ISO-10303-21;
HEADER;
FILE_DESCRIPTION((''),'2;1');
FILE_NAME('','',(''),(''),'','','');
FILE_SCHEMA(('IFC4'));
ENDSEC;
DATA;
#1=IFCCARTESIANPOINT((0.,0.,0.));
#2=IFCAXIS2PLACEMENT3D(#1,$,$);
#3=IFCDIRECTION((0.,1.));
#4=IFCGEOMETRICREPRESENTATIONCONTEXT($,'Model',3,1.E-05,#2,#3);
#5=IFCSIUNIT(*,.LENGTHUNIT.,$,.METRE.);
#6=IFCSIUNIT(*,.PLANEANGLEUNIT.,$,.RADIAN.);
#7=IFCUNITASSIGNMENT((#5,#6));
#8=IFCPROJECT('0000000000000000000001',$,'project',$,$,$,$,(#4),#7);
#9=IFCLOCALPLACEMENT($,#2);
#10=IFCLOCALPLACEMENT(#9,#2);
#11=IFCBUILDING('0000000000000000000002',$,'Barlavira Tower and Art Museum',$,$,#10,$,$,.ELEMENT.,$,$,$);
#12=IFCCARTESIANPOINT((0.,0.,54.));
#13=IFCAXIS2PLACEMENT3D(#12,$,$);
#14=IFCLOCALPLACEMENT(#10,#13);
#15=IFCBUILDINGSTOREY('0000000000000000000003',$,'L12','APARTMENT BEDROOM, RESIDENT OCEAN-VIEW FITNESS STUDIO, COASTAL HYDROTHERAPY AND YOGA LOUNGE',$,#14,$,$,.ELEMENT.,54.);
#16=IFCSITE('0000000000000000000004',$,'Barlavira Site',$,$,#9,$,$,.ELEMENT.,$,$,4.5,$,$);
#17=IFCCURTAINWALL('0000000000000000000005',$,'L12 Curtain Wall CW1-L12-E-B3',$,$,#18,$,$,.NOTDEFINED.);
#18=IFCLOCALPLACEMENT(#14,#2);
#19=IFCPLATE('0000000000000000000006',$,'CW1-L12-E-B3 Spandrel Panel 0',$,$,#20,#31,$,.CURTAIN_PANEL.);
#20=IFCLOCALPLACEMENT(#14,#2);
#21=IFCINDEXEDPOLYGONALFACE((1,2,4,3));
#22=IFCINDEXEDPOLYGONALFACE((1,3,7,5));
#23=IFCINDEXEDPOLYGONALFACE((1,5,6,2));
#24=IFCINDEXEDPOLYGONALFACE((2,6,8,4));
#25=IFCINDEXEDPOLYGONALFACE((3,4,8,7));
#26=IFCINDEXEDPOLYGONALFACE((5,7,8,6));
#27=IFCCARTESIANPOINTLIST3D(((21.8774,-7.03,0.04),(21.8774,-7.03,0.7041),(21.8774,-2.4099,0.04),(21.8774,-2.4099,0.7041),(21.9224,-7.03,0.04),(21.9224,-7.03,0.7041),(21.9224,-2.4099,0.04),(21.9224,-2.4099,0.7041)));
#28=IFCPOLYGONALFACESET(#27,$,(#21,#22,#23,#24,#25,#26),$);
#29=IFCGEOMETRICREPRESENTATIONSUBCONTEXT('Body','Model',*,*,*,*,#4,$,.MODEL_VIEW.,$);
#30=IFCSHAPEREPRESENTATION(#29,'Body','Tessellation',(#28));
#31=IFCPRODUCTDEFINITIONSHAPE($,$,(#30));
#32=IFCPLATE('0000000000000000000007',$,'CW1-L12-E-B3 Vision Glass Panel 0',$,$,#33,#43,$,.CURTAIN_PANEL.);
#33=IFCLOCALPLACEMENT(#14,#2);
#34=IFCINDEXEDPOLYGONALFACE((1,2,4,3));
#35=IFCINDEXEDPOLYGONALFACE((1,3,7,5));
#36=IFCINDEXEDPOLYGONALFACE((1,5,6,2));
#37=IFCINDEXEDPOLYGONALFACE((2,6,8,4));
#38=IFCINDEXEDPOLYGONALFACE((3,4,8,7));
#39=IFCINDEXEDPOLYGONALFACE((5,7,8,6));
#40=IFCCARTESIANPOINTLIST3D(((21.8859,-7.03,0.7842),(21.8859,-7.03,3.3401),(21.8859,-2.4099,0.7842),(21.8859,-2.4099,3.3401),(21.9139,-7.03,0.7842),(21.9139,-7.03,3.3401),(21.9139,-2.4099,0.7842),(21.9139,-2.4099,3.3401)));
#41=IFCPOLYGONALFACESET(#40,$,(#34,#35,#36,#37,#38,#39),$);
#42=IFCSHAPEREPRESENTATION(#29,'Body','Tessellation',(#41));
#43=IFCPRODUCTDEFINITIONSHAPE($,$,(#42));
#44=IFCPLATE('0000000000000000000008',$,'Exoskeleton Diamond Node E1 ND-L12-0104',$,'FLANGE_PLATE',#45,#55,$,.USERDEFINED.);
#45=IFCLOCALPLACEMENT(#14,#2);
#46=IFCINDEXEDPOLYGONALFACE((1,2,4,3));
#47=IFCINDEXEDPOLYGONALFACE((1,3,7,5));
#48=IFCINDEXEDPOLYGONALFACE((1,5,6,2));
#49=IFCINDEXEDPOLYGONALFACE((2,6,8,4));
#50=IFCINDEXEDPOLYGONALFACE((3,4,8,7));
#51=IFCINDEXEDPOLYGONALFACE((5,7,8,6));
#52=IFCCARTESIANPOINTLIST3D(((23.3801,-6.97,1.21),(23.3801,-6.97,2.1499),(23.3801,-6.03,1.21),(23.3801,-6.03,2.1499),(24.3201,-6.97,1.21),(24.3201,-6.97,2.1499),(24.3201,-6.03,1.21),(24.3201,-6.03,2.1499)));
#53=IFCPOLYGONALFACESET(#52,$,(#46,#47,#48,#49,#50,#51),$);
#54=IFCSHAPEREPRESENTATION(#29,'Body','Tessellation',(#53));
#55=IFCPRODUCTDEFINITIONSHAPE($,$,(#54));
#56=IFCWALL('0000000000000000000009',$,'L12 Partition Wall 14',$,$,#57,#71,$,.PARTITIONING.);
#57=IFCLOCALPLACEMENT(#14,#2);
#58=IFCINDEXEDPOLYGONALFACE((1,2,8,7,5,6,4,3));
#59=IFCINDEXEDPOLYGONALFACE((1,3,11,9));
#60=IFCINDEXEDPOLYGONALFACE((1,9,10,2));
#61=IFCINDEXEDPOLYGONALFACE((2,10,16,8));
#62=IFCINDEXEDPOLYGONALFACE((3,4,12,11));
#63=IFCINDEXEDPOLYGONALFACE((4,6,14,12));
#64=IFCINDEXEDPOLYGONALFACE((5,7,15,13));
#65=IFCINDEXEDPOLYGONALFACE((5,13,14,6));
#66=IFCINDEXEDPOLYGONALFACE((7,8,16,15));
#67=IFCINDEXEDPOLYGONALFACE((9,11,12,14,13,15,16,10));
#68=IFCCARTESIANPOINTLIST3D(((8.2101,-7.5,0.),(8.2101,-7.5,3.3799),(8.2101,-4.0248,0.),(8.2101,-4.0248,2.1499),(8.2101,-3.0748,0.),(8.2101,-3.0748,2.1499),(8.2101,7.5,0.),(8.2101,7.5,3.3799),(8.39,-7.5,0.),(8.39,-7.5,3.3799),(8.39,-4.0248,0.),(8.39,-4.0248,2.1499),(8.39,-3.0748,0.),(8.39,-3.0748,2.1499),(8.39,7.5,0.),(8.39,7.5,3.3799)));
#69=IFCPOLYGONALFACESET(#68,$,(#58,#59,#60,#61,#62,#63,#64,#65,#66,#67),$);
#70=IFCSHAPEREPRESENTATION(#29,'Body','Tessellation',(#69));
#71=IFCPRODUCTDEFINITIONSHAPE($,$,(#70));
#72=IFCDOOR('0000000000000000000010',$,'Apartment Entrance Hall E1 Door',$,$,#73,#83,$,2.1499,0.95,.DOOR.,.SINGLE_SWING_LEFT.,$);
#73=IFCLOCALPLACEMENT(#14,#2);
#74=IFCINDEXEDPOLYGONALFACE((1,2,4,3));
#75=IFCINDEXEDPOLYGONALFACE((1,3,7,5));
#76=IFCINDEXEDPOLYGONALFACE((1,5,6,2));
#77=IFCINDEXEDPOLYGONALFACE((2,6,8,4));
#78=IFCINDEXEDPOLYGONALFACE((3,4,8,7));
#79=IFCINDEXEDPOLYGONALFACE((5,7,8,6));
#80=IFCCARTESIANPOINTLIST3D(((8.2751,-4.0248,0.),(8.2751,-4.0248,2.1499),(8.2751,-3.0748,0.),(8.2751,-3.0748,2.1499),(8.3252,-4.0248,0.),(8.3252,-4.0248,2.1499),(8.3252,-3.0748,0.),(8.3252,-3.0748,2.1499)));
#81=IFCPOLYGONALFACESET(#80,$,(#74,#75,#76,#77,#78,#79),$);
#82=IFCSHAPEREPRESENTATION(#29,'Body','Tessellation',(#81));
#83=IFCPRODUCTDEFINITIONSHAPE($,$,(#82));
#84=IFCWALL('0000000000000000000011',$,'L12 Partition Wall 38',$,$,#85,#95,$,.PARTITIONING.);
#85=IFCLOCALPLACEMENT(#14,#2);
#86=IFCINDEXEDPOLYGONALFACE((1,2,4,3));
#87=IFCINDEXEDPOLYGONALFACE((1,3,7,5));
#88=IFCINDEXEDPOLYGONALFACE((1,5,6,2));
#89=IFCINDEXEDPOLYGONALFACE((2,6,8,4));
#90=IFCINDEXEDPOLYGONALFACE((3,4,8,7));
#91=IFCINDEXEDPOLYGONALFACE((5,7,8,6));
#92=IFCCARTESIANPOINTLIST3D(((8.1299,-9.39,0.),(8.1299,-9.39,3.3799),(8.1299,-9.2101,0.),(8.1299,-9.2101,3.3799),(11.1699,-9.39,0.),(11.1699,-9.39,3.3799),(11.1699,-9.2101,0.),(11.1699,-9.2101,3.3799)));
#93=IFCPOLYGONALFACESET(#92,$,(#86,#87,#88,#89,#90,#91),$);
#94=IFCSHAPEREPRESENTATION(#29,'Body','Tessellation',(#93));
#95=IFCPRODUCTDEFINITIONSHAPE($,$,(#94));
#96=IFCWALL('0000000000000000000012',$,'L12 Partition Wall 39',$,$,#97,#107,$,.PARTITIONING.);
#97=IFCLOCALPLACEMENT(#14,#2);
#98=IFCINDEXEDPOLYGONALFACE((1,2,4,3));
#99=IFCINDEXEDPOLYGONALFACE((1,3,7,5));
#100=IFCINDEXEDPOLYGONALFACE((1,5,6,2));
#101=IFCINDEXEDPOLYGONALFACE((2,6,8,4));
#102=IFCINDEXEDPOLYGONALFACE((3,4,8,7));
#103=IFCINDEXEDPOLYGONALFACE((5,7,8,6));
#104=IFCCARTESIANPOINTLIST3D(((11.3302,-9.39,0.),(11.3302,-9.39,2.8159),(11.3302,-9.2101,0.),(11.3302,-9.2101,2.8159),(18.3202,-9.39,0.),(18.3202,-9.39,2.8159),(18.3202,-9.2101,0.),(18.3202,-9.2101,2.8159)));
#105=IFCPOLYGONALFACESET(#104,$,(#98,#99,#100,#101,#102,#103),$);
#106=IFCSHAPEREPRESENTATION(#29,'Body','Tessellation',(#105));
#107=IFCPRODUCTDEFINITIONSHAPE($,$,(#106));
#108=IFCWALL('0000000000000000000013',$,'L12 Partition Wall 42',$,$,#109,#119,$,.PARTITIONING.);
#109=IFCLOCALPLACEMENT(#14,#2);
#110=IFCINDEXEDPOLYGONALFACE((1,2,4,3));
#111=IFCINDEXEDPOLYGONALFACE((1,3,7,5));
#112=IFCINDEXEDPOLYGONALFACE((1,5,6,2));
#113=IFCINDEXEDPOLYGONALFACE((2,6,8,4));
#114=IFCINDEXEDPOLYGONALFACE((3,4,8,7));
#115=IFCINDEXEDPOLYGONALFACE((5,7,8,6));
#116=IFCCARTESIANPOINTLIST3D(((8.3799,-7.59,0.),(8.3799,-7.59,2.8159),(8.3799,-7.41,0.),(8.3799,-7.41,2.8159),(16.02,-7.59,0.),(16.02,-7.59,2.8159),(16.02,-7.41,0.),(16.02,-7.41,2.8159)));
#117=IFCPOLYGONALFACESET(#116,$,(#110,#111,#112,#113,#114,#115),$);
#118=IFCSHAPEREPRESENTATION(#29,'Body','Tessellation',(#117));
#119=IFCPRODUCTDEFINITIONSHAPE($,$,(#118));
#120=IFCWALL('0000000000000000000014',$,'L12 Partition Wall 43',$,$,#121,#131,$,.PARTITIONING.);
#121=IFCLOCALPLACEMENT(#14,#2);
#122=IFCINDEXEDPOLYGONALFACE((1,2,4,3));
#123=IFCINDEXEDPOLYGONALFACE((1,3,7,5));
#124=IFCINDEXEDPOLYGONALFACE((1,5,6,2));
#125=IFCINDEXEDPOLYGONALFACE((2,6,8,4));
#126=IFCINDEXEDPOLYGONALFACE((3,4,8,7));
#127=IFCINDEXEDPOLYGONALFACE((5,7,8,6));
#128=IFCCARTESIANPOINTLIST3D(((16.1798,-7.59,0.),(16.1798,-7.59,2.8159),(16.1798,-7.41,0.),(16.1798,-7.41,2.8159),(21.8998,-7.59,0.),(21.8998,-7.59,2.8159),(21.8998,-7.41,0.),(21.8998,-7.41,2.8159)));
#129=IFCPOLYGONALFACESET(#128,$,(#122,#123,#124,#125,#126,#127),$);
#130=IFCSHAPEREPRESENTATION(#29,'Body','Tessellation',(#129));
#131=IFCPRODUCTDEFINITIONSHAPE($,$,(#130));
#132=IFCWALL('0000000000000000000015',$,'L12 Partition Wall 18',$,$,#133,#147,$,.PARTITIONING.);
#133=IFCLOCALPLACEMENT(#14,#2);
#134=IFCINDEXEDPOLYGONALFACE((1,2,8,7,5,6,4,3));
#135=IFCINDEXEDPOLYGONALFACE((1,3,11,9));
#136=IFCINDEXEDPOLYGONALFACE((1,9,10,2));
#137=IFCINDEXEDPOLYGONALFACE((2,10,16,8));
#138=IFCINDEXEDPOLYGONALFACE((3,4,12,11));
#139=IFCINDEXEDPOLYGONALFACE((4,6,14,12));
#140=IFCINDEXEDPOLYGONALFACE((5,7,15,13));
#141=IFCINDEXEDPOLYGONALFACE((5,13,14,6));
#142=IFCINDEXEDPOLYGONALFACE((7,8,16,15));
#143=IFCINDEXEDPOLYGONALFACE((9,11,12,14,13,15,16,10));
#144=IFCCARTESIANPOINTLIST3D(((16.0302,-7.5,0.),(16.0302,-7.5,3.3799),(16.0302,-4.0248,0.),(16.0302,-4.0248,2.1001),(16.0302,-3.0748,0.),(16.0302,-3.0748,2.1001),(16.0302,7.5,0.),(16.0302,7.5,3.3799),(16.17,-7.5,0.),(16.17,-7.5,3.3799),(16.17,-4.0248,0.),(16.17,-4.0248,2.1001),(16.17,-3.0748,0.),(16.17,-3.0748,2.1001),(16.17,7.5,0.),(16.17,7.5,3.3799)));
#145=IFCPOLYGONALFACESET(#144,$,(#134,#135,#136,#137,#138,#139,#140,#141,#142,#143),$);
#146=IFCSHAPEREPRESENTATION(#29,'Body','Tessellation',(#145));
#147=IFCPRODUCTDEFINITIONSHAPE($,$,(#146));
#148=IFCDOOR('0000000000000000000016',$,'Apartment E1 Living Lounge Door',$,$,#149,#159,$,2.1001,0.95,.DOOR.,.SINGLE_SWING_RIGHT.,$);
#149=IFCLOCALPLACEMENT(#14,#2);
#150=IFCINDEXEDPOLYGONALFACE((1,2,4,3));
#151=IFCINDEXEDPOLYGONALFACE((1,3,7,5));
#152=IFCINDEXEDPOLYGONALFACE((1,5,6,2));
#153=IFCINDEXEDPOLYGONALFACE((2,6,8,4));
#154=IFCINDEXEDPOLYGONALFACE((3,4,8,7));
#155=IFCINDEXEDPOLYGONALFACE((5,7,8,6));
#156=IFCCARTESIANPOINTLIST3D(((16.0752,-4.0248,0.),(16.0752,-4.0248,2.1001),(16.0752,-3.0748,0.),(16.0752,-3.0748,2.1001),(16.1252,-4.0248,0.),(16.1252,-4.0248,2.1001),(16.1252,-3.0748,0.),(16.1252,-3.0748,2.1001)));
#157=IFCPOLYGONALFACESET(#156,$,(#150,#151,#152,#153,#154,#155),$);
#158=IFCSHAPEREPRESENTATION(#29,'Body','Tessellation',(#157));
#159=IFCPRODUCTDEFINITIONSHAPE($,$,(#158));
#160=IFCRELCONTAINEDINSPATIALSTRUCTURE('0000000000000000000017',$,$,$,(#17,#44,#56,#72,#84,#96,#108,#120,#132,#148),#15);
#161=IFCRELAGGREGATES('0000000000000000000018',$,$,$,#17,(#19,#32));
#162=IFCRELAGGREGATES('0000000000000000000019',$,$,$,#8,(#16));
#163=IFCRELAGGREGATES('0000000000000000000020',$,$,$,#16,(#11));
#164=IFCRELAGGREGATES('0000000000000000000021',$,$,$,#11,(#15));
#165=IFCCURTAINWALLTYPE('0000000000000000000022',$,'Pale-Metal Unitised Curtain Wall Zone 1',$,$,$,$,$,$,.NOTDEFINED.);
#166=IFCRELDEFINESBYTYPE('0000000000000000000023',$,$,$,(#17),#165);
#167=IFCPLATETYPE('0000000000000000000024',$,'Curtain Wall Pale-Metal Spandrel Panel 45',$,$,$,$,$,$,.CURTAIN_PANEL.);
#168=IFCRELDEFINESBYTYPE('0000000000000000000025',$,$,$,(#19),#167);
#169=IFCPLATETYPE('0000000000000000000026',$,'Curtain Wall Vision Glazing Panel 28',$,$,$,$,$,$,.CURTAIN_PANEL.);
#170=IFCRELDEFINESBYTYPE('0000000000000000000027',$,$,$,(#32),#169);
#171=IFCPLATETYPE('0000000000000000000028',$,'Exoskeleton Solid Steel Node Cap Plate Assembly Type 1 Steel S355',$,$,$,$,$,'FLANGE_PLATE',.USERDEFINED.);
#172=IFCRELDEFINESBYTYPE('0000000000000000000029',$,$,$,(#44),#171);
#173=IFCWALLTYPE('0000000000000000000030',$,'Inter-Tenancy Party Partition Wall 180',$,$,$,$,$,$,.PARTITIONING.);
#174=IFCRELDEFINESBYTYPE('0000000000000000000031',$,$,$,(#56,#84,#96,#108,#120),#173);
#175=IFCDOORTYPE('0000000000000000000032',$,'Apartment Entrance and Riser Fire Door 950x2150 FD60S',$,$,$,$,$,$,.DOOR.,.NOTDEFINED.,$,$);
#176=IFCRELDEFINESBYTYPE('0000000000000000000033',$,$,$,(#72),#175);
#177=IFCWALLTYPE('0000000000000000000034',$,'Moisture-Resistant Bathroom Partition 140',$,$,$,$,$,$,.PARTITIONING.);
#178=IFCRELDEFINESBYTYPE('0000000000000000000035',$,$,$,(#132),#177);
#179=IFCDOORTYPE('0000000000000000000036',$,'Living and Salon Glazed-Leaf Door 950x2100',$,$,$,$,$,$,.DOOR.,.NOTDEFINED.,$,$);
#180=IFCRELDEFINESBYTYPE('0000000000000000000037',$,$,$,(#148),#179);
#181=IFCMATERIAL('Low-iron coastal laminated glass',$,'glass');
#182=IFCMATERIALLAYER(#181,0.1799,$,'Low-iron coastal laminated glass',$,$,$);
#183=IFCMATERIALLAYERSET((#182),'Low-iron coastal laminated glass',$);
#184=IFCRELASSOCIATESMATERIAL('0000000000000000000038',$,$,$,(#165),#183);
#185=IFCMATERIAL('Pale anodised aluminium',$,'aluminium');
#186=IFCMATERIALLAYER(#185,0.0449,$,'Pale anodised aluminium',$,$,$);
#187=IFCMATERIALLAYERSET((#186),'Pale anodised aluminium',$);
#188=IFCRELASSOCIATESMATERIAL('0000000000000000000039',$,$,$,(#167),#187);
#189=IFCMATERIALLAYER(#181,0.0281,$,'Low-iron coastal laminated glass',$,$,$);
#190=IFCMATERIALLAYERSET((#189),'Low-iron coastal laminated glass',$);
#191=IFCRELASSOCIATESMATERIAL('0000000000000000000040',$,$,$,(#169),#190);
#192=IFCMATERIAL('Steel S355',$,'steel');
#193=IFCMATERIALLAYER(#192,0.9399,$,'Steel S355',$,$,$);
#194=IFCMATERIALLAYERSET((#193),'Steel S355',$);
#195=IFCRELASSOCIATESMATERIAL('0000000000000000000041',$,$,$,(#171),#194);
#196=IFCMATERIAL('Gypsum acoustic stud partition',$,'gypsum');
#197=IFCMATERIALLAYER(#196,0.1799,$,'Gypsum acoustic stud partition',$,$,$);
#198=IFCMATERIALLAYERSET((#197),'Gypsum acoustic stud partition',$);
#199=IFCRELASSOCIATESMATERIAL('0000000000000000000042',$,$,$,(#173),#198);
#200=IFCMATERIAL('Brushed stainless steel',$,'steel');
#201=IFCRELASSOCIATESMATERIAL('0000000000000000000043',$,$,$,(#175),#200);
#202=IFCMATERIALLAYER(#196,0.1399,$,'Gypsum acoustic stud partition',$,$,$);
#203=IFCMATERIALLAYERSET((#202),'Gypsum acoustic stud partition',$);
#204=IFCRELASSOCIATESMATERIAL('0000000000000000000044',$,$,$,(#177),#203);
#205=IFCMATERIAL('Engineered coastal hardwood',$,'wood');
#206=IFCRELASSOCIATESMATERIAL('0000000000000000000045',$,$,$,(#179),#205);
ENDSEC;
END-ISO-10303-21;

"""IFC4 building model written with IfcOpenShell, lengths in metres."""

from ifc_helpers import new_model, si_unit, direction, frame, frame_2d, origin, origin_2d, place, context, subcontext, project, spatial, rectangle, extrude, material, layer, layer_set, type_object, element, fill, aggregate, save


model = new_model("IFC4")

# Units and contexts
model_context = context("Model", 3, precision=1e-05, world=origin(), true_north=direction((0.0, 1.0)))
body_context = subcontext(model_context, "Body", "Model", "MODEL_VIEW")
ifc_project = project(units=[si_unit("LENGTHUNIT", "METRE"), si_unit("PLANEANGLEUNIT", "RADIAN")], contexts=[model_context])

# Site, building, storey
site_placement = place(None, origin())
site = spatial("IfcSite", under=ifc_project, at=site_placement, Name="Barlavira Site", CompositionType="ELEMENT", RefElevation=4.5)
building_placement = place(site_placement, origin())
building = spatial("IfcBuilding", under=site, at=building_placement, Name="Barlavira Tower and Art Museum", CompositionType="ELEMENT")
storey_placement = place(building_placement, frame((0.0, 0.0, 54.0)))
storey = spatial("IfcBuildingStorey", under=building, at=storey_placement, Name="L12", Description="APARTMENT BEDROOM, RESIDENT OCEAN-VIEW FITNESS STUDIO, COASTAL HYDROTHERAPY AND YOGA LOUNGE", CompositionType="ELEMENT", Elevation=54.0)

# Curtain wall
ifc_material_1 = material(Name="Low-iron coastal laminated glass", Category="glass")
ifc_layer_1 = layer(ifc_material_1, 0.1799, Name="Low-iron coastal laminated glass")
ifc_layer_set_1 = layer_set([ifc_layer_1], Name="Low-iron coastal laminated glass")
curtain_wall_type = type_object("IfcCurtainWallType", Name="Pale-Metal Unitised Curtain Wall Zone 1", PredefinedType="NOTDEFINED", material=ifc_layer_set_1)
curtain_wall_placement = place(storey_placement, origin())
curtain_wall = element("IfcCurtainWall", 1, at=curtain_wall_placement, inside=storey, type_object=curtain_wall_type, Name="L12 Curtain Wall CW1-L12-E-B3", PredefinedType="NOTDEFINED")
ifc_material_2 = material(Name="Pale anodised aluminium", Category="aluminium")

# Shared definitions
ifc_material_3 = material(Name="Steel S355", Category="steel")

# Plates
ifc_layer_2 = layer(ifc_material_2, 0.0449, Name="Pale anodised aluminium")
ifc_layer_set_2 = layer_set([ifc_layer_2], Name="Pale anodised aluminium")
plate_type_1 = type_object("IfcPlateType", Name="Curtain Wall Pale-Metal Spandrel Panel 45", PredefinedType="CURTAIN_PANEL", material=ifc_layer_set_2)
plate_1_placement = place(storey_placement, frame((21.8999, -4.72, 0.04), z_axis=(0.0, 0.0, 1.0), x_axis=(0.0, 1.0, 0.0)))
plate_1 = element("IfcPlate", 2, at=plate_1_placement, type_object=plate_type_1, Name="CW1-L12-E-B3 Spandrel Panel 0", PredefinedType="CURTAIN_PANEL", context=body_context, shape_type="SweptSolid", body=[
    extrude(rectangle(XDim=4.6201, YDim=0.0449, at=origin_2d()), origin(), (0.0, 0.0, 1.0), 0.6641),
])
ifc_layer_3 = layer(ifc_material_1, 0.0281, Name="Low-iron coastal laminated glass")
ifc_layer_set_3 = layer_set([ifc_layer_3], Name="Low-iron coastal laminated glass")
plate_type_2 = type_object("IfcPlateType", Name="Curtain Wall Vision Glazing Panel 28", PredefinedType="CURTAIN_PANEL", material=ifc_layer_set_3)
plate_2_placement = place(storey_placement, frame((21.8999, -4.72, 0.7842), z_axis=(0.0, 0.0, 1.0), x_axis=(0.0, 1.0, 0.0)))
plate_2 = element("IfcPlate", 3, at=plate_2_placement, type_object=plate_type_2, Name="CW1-L12-E-B3 Vision Glass Panel 0", PredefinedType="CURTAIN_PANEL", context=body_context, shape_type="SweptSolid", body=[
    extrude(rectangle(XDim=4.6201, YDim=0.0281, at=origin_2d()), origin(), (0.0, 0.0, 1.0), 2.5559),
])
aggregate(curtain_wall, [plate_1, plate_2])
ifc_layer_4 = layer(ifc_material_3, 0.9399, Name="Steel S355")
ifc_layer_set_4 = layer_set([ifc_layer_4], Name="Steel S355")
plate_type_3 = type_object("IfcPlateType", Name="Exoskeleton Solid Steel Node Cap Plate Assembly Type 1 Steel S355", ElementType="FLANGE_PLATE", PredefinedType="USERDEFINED", material=ifc_layer_set_4)
plate_3_placement = place(storey_placement, frame((23.8501, -6.5, 1.21), z_axis=(0.0, 0.0, 1.0), x_axis=(1.0, 0.0, 0.0)))
element("IfcPlate", 4, at=plate_3_placement, inside=storey, type_object=plate_type_3, Name="Exoskeleton Diamond Node E1 ND-L12-0104", ObjectType="FLANGE_PLATE", PredefinedType="USERDEFINED", context=body_context, shape_type="SweptSolid", body=[
    extrude(rectangle(XDim=0.9399, YDim=0.9399, at=origin_2d()), origin(), (0.0, 0.0, 1.0), 0.9399),
])

# Wall, opening, door
ifc_material_4 = material(Name="Gypsum acoustic stud partition", Category="gypsum")
ifc_layer_5 = layer(ifc_material_4, 0.1799, Name="Gypsum acoustic stud partition")
ifc_layer_set_5 = layer_set([ifc_layer_5], Name="Gypsum acoustic stud partition")
wall_type_1 = type_object("IfcWallType", Name="Inter-Tenancy Party Partition Wall 180", PredefinedType="PARTITIONING", material=ifc_layer_set_5)
wall_1_placement = place(storey_placement, frame((8.3, -7.5, 0.0), z_axis=(0.0, 0.0, 1.0), x_axis=(0.0, 1.0, 0.0)))
wall_1 = element("IfcWall", 5, at=wall_1_placement, inside=storey, type_object=wall_type_1, Name="L12 Partition Wall 14", PredefinedType="PARTITIONING", context=body_context, shape_type="SweptSolid", body=[
    extrude(rectangle(XDim=15.0, YDim=0.1799, at=frame_2d((7.5, 0.0))), origin(), (0.0, 0.0, 1.0), 3.3799),
])
opening_1_placement = place(wall_1_placement, frame((3.4751, 0.0, 0.0)))
opening_1 = element("IfcOpeningElement", 6, at=opening_1_placement, cuts=wall_1, PredefinedType="OPENING", context=body_context, shape_type="SweptSolid", body=[
    extrude(rectangle(XDim=0.95, YDim=2.1499, at=frame_2d((0.4751, 1.075))), frame((0.0, 0.1001, 0.0), z_axis=(0.0, -1.0, 0.0), x_axis=(1.0, 0.0, 0.0)), (0.0, 0.0, 1.0), 0.2),
])
ifc_material_5 = material(Name="Brushed stainless steel", Category="steel")
door_type_1 = type_object("IfcDoorType", Name="Apartment Entrance and Riser Fire Door 950x2150 FD60S", OperationType="NOTDEFINED", PredefinedType="DOOR", material=ifc_material_5)
door_1_placement = place(opening_1_placement, origin())
door_1 = element("IfcDoor", 7, at=door_1_placement, inside=storey, type_object=door_type_1, Name="Apartment Entrance Hall E1 Door", OperationType="SINGLE_SWING_LEFT", OverallHeight=2.1499, OverallWidth=0.95, PredefinedType="DOOR", context=body_context, shape_type="SweptSolid", body=[
    extrude(rectangle(XDim=0.95, YDim=2.1499, at=frame_2d((0.4751, 1.075))), frame((0.0, 0.0249, 0.0), z_axis=(0.0, -1.0, 0.0), x_axis=(1.0, 0.0, 0.0)), (0.0, 0.0, 1.0), 0.05),
])
fill(opening_1, door_1)

# Walls
wall_2_placement = place(storey_placement, frame((8.1299, -9.3, 0.0), z_axis=(0.0, 0.0, 1.0), x_axis=(1.0, 0.0, 0.0)))
element("IfcWall", 8, at=wall_2_placement, inside=storey, type_object=wall_type_1, Name="L12 Partition Wall 38", PredefinedType="PARTITIONING", context=body_context, shape_type="SweptSolid", body=[
    extrude(rectangle(XDim=3.04, YDim=0.1799, at=frame_2d((1.52, 0.0))), origin(), (0.0, 0.0, 1.0), 3.3799),
])
wall_3_placement = place(storey_placement, frame((11.3301, -9.3, 0.0), z_axis=(0.0, 0.0, 1.0), x_axis=(1.0, 0.0, 0.0)))
element("IfcWall", 9, at=wall_3_placement, inside=storey, type_object=wall_type_1, Name="L12 Partition Wall 39", PredefinedType="PARTITIONING", context=body_context, shape_type="SweptSolid", body=[
    extrude(rectangle(XDim=6.99, YDim=0.1799, at=frame_2d((3.4951, 0.0))), origin(), (0.0, 0.0, 1.0), 2.8159),
])
wall_4_placement = place(storey_placement, frame((8.3799, -7.5, 0.0), z_axis=(0.0, 0.0, 1.0), x_axis=(1.0, 0.0, 0.0)))
element("IfcWall", 10, at=wall_4_placement, inside=storey, type_object=wall_type_1, Name="L12 Partition Wall 42", PredefinedType="PARTITIONING", context=body_context, shape_type="SweptSolid", body=[
    extrude(rectangle(XDim=7.6401, YDim=0.1799, at=frame_2d((3.8201, 0.0))), origin(), (0.0, 0.0, 1.0), 2.8159),
])
wall_5_placement = place(storey_placement, frame((16.1799, -7.5, 0.0), z_axis=(0.0, 0.0, 1.0), x_axis=(1.0, 0.0, 0.0)))
element("IfcWall", 11, at=wall_5_placement, inside=storey, type_object=wall_type_1, Name="L12 Partition Wall 43", PredefinedType="PARTITIONING", context=body_context, shape_type="SweptSolid", body=[
    extrude(rectangle(XDim=5.72, YDim=0.1799, at=frame_2d((2.8599, 0.0))), origin(), (0.0, 0.0, 1.0), 2.8159),
])

# Wall, opening, door
ifc_layer_6 = layer(ifc_material_4, 0.1399, Name="Gypsum acoustic stud partition")
ifc_layer_set_6 = layer_set([ifc_layer_6], Name="Gypsum acoustic stud partition")
wall_type_2 = type_object("IfcWallType", Name="Moisture-Resistant Bathroom Partition 140", PredefinedType="PARTITIONING", material=ifc_layer_set_6)
wall_6_placement = place(storey_placement, frame((16.1001, -7.5, 0.0), z_axis=(0.0, 0.0, 1.0), x_axis=(0.0, 1.0, 0.0)))
wall_6 = element("IfcWall", 12, at=wall_6_placement, inside=storey, type_object=wall_type_2, Name="L12 Partition Wall 18", PredefinedType="PARTITIONING", context=body_context, shape_type="SweptSolid", body=[
    extrude(rectangle(XDim=15.0, YDim=0.1399, at=frame_2d((7.5, 0.0))), origin(), (0.0, 0.0, 1.0), 3.3799),
])
opening_2_placement = place(wall_6_placement, frame((3.4751, 0.0, 0.0)))
opening_2 = element("IfcOpeningElement", 13, at=opening_2_placement, cuts=wall_6, PredefinedType="OPENING", context=body_context, shape_type="SweptSolid", body=[
    extrude(rectangle(XDim=0.95, YDim=2.1001, at=frame_2d((0.4751, 1.05))), frame((0.0, 0.0801, 0.0), z_axis=(0.0, -1.0, 0.0), x_axis=(1.0, 0.0, 0.0)), (0.0, 0.0, 1.0), 0.1599),
])
ifc_material_6 = material(Name="Engineered coastal hardwood", Category="wood")
door_type_2 = type_object("IfcDoorType", Name="Living and Salon Glazed-Leaf Door 950x2100", OperationType="NOTDEFINED", PredefinedType="DOOR", material=ifc_material_6)
door_2_placement = place(opening_2_placement, origin())
door_2 = element("IfcDoor", 14, at=door_2_placement, inside=storey, type_object=door_type_2, Name="Apartment E1 Living Lounge Door", OperationType="SINGLE_SWING_RIGHT", OverallHeight=2.1001, OverallWidth=0.95, PredefinedType="DOOR", context=body_context, shape_type="SweptSolid", body=[
    extrude(rectangle(XDim=0.95, YDim=2.1001, at=frame_2d((0.4751, 1.05))), frame((0.0, 0.0249, 0.0), z_axis=(0.0, -1.0, 0.0), x_axis=(1.0, 0.0, 0.0)), (0.0, 0.0, 1.0), 0.05),
])
fill(opening_2, door_2)

save(model, "model.ifc")
